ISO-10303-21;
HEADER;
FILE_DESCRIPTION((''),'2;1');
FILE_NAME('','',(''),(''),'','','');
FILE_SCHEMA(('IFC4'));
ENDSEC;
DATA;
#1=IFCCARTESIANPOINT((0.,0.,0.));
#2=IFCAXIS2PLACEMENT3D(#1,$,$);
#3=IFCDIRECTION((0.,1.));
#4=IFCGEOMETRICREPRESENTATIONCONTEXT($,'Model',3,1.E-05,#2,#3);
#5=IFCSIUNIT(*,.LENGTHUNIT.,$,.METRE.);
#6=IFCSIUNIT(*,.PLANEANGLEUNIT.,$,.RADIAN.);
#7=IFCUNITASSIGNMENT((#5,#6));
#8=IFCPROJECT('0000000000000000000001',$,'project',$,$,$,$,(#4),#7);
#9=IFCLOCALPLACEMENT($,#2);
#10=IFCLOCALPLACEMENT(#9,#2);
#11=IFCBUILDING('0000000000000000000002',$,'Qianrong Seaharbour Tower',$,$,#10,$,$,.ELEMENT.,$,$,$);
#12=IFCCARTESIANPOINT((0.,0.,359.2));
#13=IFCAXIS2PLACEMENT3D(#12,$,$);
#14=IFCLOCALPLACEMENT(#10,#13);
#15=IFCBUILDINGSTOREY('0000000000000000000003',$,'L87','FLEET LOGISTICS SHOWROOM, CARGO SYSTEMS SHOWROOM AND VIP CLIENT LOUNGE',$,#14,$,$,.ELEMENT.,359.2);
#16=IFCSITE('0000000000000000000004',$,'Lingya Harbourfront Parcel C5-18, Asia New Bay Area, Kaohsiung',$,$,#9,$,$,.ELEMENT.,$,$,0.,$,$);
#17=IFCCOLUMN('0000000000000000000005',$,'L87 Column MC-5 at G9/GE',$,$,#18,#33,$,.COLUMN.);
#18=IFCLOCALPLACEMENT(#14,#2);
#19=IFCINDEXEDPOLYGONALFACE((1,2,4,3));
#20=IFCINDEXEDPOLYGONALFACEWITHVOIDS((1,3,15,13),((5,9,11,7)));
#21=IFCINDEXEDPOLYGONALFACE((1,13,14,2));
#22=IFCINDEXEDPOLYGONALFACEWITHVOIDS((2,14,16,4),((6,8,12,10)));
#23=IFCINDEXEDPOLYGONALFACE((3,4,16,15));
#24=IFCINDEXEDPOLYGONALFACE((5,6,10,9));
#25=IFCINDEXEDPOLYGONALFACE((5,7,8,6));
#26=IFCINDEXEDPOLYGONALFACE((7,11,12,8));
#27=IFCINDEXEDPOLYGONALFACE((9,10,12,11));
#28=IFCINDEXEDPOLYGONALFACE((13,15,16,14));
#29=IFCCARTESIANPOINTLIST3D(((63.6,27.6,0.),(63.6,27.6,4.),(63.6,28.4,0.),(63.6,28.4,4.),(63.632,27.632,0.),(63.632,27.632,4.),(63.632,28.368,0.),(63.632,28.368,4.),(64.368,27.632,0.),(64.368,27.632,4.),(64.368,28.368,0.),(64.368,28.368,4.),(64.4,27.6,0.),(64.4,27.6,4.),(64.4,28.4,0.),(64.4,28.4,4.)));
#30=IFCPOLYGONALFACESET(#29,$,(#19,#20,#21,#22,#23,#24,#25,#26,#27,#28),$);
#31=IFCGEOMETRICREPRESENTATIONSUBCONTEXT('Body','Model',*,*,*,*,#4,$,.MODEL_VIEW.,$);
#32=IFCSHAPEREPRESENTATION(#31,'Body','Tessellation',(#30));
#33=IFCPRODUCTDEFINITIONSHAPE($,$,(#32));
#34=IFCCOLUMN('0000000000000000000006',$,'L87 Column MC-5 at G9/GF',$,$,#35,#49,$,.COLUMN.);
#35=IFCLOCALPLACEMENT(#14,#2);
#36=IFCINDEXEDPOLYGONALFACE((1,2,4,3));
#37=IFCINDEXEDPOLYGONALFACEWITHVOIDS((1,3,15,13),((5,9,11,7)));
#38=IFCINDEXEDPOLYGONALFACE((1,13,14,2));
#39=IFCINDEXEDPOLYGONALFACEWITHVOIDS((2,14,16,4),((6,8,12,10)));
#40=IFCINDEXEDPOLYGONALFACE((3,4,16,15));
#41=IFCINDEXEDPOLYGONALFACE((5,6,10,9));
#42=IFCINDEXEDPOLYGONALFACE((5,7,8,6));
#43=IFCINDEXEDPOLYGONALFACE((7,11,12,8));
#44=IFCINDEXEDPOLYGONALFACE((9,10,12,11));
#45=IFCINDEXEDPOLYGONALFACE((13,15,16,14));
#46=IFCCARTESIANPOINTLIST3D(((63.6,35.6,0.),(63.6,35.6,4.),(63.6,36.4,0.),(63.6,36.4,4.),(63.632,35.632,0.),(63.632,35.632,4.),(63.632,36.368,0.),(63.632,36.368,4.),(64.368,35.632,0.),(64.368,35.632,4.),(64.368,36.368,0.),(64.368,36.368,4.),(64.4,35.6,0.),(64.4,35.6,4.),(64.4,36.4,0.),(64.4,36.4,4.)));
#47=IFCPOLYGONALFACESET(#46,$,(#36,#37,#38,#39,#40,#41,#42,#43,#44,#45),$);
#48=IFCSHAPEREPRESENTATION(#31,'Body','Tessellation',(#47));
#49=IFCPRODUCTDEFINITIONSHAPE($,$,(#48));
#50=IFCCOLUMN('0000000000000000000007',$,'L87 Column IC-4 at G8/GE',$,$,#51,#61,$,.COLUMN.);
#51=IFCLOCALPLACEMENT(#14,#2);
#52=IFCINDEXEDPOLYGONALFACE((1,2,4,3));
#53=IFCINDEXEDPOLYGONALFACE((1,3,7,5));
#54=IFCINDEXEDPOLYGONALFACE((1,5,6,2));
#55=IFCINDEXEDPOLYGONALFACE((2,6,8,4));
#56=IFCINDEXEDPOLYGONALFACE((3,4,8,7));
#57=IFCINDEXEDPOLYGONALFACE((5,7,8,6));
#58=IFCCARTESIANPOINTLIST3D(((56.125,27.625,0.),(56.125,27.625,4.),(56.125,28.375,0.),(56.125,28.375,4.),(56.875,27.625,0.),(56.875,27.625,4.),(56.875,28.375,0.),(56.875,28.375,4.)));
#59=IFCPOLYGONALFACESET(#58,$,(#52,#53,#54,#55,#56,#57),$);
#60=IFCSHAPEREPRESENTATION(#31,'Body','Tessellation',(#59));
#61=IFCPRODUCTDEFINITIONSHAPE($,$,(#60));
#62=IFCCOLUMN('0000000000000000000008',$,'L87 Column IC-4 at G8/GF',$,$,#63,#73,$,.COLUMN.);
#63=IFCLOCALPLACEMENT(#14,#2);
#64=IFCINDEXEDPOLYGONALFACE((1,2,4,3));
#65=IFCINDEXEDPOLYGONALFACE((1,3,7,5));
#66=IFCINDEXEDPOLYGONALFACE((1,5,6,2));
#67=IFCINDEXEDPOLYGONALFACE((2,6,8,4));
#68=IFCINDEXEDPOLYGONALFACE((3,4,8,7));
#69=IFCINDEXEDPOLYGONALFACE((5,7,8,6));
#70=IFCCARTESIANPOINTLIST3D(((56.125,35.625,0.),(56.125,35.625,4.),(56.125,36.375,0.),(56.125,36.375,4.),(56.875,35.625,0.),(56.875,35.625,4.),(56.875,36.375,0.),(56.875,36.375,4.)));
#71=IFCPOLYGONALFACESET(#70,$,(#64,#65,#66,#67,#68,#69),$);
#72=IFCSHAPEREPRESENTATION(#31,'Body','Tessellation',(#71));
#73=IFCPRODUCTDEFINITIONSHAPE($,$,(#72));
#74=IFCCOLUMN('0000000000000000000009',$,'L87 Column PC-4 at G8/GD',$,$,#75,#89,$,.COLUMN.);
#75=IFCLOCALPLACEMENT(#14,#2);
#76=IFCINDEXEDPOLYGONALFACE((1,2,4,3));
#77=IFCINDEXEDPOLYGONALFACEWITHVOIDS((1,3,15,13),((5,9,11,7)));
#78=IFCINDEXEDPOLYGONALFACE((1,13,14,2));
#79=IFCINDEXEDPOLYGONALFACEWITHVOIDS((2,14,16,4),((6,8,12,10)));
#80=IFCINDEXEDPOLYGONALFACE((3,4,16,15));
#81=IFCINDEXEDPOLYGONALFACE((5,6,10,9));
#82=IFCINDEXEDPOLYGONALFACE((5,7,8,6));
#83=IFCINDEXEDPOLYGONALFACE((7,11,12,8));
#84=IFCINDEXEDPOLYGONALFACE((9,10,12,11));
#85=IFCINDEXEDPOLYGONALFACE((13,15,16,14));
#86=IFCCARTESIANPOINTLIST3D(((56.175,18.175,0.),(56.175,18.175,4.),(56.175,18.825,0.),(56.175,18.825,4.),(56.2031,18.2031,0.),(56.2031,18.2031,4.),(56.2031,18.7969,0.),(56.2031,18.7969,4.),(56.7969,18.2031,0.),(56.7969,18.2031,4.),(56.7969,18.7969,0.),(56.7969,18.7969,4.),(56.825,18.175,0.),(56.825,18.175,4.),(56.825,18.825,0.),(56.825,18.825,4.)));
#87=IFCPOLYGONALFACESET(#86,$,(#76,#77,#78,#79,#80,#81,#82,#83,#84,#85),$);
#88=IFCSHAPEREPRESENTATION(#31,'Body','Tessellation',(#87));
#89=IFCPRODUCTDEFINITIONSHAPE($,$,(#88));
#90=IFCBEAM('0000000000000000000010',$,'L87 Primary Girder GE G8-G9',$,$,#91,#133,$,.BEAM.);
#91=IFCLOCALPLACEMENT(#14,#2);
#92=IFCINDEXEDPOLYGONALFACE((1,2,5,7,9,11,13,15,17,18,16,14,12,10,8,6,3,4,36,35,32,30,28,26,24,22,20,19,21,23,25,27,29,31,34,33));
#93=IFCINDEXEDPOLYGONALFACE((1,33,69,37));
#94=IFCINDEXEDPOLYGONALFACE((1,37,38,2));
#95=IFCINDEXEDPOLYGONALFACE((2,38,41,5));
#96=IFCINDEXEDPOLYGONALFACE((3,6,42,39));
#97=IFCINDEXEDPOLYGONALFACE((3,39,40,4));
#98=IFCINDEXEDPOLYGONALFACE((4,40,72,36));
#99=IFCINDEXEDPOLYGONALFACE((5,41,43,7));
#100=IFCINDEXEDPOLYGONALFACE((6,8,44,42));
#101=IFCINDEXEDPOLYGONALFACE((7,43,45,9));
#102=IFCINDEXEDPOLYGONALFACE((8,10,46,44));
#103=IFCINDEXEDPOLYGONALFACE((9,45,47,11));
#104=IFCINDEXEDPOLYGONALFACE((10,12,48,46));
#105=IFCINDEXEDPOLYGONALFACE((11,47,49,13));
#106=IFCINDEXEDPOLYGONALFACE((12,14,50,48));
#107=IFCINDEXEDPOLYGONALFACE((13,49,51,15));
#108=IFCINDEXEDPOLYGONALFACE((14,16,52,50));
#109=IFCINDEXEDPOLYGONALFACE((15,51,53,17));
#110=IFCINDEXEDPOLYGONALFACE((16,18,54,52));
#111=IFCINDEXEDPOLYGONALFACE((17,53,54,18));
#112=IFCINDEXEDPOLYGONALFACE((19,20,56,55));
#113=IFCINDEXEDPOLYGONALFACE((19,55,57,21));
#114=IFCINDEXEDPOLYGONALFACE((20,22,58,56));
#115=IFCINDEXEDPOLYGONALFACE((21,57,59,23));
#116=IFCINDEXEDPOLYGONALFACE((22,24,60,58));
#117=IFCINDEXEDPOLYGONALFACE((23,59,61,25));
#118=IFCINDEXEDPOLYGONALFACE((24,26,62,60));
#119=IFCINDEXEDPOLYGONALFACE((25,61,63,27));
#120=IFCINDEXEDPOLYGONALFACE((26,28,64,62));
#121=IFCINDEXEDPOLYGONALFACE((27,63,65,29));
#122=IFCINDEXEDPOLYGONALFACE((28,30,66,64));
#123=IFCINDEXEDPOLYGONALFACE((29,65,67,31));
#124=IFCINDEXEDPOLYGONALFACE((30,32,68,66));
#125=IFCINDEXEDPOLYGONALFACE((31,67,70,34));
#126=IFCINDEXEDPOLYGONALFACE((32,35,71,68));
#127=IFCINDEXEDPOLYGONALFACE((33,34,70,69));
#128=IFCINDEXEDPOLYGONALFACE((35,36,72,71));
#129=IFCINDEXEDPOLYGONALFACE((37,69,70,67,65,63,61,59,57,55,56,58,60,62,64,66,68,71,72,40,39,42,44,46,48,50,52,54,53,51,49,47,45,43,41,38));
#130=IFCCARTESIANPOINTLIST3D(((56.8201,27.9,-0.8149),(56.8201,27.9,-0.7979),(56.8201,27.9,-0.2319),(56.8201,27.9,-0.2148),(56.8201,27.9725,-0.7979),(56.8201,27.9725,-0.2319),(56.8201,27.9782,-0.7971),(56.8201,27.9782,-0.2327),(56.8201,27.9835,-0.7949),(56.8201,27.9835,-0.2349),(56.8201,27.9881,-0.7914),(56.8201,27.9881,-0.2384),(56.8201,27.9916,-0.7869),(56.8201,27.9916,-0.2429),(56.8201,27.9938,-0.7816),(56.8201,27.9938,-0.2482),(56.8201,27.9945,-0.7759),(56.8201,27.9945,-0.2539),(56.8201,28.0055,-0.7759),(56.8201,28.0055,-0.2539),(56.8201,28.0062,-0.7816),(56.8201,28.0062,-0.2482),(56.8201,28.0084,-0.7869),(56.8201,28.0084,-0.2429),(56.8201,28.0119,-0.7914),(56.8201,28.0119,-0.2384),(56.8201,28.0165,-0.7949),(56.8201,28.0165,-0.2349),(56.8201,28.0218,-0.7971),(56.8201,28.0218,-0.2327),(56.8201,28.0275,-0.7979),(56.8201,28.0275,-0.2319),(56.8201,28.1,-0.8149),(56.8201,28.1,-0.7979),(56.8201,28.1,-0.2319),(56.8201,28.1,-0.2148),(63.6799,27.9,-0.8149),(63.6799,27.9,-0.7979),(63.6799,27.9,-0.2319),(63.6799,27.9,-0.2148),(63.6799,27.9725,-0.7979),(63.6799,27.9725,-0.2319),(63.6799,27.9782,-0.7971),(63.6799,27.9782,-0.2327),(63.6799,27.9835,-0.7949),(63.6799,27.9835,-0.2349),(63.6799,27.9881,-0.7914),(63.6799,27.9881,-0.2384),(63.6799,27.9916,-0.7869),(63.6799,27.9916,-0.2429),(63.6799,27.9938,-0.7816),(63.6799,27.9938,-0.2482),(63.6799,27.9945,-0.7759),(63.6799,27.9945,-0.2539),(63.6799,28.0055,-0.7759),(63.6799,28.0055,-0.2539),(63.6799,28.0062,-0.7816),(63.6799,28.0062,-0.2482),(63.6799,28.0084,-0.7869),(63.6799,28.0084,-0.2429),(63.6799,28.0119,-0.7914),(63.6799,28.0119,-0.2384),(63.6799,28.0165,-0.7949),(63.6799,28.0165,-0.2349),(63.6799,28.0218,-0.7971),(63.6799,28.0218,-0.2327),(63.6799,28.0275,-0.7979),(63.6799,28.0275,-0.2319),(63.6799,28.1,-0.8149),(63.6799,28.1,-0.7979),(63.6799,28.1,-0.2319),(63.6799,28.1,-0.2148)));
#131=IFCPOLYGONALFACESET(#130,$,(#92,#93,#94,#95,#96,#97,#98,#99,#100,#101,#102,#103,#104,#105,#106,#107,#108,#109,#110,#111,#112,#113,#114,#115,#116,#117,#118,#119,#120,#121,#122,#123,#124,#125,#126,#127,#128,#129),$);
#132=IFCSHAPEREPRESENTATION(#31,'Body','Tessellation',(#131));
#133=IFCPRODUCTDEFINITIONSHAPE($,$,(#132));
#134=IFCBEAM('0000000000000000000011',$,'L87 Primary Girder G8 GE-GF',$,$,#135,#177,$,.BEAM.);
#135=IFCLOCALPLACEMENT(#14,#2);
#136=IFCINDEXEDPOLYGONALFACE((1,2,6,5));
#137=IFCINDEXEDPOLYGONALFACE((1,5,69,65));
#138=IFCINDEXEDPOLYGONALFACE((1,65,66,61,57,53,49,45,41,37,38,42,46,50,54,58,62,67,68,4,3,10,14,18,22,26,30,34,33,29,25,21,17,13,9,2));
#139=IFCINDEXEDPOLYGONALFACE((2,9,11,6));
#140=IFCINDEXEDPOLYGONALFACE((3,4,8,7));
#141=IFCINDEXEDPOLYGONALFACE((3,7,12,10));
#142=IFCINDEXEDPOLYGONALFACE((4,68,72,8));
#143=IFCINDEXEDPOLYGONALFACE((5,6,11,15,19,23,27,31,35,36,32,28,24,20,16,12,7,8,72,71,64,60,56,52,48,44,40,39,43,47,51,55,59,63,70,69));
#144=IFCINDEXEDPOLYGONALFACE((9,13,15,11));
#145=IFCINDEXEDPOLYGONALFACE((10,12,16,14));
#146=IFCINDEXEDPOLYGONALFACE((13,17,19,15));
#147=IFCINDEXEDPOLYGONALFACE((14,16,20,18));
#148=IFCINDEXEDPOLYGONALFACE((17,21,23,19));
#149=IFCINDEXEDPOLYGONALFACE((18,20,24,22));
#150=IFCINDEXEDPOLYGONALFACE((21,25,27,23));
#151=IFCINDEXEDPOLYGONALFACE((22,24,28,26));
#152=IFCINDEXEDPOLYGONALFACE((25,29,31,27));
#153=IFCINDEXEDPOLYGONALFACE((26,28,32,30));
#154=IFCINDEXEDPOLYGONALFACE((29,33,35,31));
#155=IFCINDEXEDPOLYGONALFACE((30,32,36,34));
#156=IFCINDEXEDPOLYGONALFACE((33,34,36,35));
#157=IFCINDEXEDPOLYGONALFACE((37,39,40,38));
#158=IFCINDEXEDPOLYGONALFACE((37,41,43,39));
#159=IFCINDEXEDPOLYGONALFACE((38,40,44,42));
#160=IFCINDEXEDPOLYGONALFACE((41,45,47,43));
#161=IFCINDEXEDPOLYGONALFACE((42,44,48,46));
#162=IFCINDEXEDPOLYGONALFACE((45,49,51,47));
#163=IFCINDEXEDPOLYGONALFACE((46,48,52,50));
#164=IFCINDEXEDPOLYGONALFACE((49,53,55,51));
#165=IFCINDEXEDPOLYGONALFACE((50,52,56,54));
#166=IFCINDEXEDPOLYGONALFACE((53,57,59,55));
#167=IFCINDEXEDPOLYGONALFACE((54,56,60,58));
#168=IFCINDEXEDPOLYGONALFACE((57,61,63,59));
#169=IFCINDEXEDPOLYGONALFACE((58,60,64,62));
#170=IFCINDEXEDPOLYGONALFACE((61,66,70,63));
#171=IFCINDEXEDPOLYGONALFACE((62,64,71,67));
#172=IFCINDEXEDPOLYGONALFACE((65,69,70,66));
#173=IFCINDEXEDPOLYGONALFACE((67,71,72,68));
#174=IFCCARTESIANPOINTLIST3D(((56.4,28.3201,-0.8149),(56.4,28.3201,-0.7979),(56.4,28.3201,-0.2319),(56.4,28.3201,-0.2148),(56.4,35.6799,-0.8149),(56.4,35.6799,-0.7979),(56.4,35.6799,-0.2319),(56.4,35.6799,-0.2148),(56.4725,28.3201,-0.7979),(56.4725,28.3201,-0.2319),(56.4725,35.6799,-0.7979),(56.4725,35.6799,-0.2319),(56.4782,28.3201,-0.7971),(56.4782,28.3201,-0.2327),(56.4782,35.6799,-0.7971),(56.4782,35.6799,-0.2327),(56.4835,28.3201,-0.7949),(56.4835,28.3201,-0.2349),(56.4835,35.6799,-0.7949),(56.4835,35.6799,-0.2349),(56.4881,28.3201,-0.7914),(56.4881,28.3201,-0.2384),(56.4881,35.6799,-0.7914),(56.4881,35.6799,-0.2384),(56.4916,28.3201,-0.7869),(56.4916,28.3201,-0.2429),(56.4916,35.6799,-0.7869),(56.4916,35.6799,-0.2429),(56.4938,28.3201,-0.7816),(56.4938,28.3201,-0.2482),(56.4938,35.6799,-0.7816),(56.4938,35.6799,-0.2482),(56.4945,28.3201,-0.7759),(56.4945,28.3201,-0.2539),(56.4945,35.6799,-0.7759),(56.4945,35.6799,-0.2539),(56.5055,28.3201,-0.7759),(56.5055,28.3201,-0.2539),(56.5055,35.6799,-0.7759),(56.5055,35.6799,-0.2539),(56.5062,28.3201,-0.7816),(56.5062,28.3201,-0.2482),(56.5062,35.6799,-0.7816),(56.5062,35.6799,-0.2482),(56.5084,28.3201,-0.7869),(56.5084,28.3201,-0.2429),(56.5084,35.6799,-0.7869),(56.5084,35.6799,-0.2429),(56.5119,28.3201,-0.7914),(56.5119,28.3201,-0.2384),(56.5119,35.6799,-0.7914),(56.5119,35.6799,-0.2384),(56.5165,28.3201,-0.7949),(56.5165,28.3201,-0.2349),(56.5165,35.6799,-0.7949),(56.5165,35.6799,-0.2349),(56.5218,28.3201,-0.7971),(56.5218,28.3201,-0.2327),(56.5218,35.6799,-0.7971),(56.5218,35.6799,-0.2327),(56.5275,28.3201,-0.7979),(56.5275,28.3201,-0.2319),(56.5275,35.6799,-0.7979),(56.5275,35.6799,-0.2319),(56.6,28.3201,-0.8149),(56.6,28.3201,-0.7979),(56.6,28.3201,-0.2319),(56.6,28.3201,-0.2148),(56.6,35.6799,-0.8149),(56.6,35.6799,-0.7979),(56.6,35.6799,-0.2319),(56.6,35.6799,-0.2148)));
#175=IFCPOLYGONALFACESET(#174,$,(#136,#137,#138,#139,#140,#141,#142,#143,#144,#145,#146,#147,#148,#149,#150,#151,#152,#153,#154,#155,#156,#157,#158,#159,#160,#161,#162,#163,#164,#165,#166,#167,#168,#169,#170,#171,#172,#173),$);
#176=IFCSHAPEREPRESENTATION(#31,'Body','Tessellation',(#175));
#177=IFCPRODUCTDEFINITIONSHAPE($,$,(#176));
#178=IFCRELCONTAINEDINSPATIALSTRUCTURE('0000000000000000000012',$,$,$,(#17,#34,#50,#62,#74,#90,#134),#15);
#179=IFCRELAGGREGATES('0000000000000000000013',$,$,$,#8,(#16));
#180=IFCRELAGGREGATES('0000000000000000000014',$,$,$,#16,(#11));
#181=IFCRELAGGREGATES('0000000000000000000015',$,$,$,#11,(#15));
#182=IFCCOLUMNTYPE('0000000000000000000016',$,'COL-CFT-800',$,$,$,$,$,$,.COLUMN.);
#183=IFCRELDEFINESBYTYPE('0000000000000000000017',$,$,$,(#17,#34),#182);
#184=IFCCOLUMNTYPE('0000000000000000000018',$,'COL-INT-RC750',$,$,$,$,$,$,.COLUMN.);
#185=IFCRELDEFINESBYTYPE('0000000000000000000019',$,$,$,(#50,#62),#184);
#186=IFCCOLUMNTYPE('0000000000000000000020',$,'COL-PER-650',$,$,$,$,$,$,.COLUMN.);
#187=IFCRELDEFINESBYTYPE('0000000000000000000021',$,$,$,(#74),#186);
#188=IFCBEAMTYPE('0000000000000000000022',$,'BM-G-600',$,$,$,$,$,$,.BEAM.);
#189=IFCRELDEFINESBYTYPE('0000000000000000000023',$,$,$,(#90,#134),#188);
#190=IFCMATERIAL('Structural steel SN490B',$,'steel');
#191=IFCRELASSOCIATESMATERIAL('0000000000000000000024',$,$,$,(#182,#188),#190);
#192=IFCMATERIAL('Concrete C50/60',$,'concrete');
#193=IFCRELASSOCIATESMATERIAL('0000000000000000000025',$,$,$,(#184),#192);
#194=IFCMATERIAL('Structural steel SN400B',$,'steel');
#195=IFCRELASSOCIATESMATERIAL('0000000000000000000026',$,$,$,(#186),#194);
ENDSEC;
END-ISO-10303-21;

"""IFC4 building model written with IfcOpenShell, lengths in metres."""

from ifc_helpers import new_model, si_unit, direction, frame, origin, origin_2d, place, context, subcontext, project, spatial, rectangle, hollow_rectangle, i_section, extrude, material, material_profile, profile_set, type_object, element, save


model = new_model("IFC4")

# Units and contexts
model_context = context("Model", 3, precision=1e-05, world=origin(), true_north=direction((0.0, 1.0)))
body_context = subcontext(model_context, "Body", "Model", "MODEL_VIEW")
ifc_project = project(units=[si_unit("LENGTHUNIT", "METRE"), si_unit("PLANEANGLEUNIT", "RADIAN")], contexts=[model_context])

# Site, building, storey
site_placement = place(None, origin())
site = spatial("IfcSite", under=ifc_project, at=site_placement, Name="Lingya Harbourfront Parcel C5-18, Asia New Bay Area, Kaohsiung", CompositionType="ELEMENT", RefElevation=0.0)
building_placement = place(site_placement, origin())
building = spatial("IfcBuilding", under=site, at=building_placement, Name="Qianrong Seaharbour Tower", CompositionType="ELEMENT")
storey_placement = place(building_placement, frame((0.0, 0.0, 359.2)))
storey = spatial("IfcBuildingStorey", under=building, at=storey_placement, Name="L87", Description="FLEET LOGISTICS SHOWROOM, CARGO SYSTEMS SHOWROOM AND VIP CLIENT LOUNGE", CompositionType="ELEMENT", Elevation=359.2)

# Columns
ifc_material_1 = material(Name="Structural steel SN490B", Category="steel")
ifc_material_profile_1 = material_profile(ifc_material_1, hollow_rectangle(XDim=0.8, YDim=0.8, WallThickness=0.032, at=origin_2d()), Name="BOX800x800x32")
ifc_profile_set_1 = profile_set([ifc_material_profile_1], Name="Structural steel SN490B")
column_type_1 = type_object("IfcColumnType", Name="COL-CFT-800", PredefinedType="COLUMN", material=ifc_profile_set_1)
for number, where, z_axis, x_axis, name in (
    (1, (64.0, 28.0, 0.0), (0.0, 0.0, 1.0), (1.0, 0.0, 0.0), "L87 Column MC-5 at G9/GE"),
    (2, (64.0, 36.0, 0.0), (0.0, 0.0, 1.0), (1.0, 0.0, 0.0), "L87 Column MC-5 at G9/GF"),
):
    element("IfcColumn", number, at=place(storey_placement, frame(where, z_axis=z_axis, x_axis=x_axis)), inside=storey, type_object=column_type_1, Name=name, PredefinedType="COLUMN", context=body_context, shape_type="SweptSolid", body=[
        extrude(hollow_rectangle(XDim=0.8, YDim=0.8, WallThickness=0.032, at=origin_2d()), origin(), (0.0, 0.0, 1.0), 4.0),
    ])
ifc_material_2 = material(Name="Concrete C50/60", Category="concrete")
ifc_material_profile_2 = material_profile(ifc_material_2, rectangle(XDim=0.75, YDim=0.75, at=origin_2d()), Name="RC750x750")
ifc_profile_set_2 = profile_set([ifc_material_profile_2], Name="Concrete C50/60")
column_type_2 = type_object("IfcColumnType", Name="COL-INT-RC750", PredefinedType="COLUMN", material=ifc_profile_set_2)
for number, where, z_axis, x_axis, name in (
    (3, (56.5, 28.0, 0.0), (0.0, 0.0, 1.0), (1.0, 0.0, 0.0), "L87 Column IC-4 at G8/GE"),
    (4, (56.5, 36.0, 0.0), (0.0, 0.0, 1.0), (1.0, 0.0, 0.0), "L87 Column IC-4 at G8/GF"),
):
    element("IfcColumn", number, at=place(storey_placement, frame(where, z_axis=z_axis, x_axis=x_axis)), inside=storey, type_object=column_type_2, Name=name, PredefinedType="COLUMN", context=body_context, shape_type="SweptSolid", body=[
        extrude(rectangle(XDim=0.75, YDim=0.75, at=origin_2d()), origin(), (0.0, 0.0, 1.0), 4.0),
    ])
ifc_material_3 = material(Name="Structural steel SN400B", Category="steel")
ifc_material_profile_3 = material_profile(ifc_material_3, hollow_rectangle(XDim=0.6499, YDim=0.6499, WallThickness=0.0281, at=origin_2d()), Name="BOX650x650x28")
ifc_profile_set_3 = profile_set([ifc_material_profile_3], Name="Structural steel SN400B")
column_type_3 = type_object("IfcColumnType", Name="COL-PER-650", PredefinedType="COLUMN", material=ifc_profile_set_3)
column_placement = place(storey_placement, frame((56.5, 18.5, 0.0), z_axis=(0.0, 0.0, 1.0), x_axis=(1.0, 0.0, 0.0)))
element("IfcColumn", 5, at=column_placement, inside=storey, type_object=column_type_3, Name="L87 Column PC-4 at G8/GD", PredefinedType="COLUMN", context=body_context, shape_type="SweptSolid", body=[
    extrude(hollow_rectangle(XDim=0.6499, YDim=0.6499, WallThickness=0.0281, at=origin_2d()), origin(), (0.0, 0.0, 1.0), 4.0),
])

# Beams
ifc_material_profile_4 = material_profile(ifc_material_1, i_section(OverallWidth=0.2, OverallDepth=0.6001, WebThickness=0.011, FlangeThickness=0.0171, FilletRadius=0.022, at=origin_2d()), Name="H600x200x11x17")
ifc_profile_set_4 = profile_set([ifc_material_profile_4], Name="Structural steel SN490B")
beam_type_1 = type_object("IfcBeamType", Name="BM-G-600", PredefinedType="BEAM", material=ifc_profile_set_4)
beam_1_placement = place(storey_placement, frame((56.8201, 28.0, -0.5149), z_axis=(1.0, 0.0, 0.0), x_axis=(0.0, 1.0, 0.0)))
element("IfcBeam", 6, at=beam_1_placement, inside=storey, type_object=beam_type_1, Name="L87 Primary Girder GE G8-G9", PredefinedType="BEAM", context=body_context, shape_type="SweptSolid", body=[
    extrude(i_section(OverallWidth=0.2, OverallDepth=0.6001, WebThickness=0.011, FlangeThickness=0.0171, FilletRadius=0.022, at=origin_2d()), origin(), (0.0, 0.0, 1.0), 6.8599),
])
beam_2_placement = place(storey_placement, frame((56.5, 28.3201, -0.5149), z_axis=(0.0, 1.0, 0.0), x_axis=(-1.0, 0.0, 0.0)))
element("IfcBeam", 7, at=beam_2_placement, inside=storey, type_object=beam_type_1, Name="L87 Primary Girder G8 GE-GF", PredefinedType="BEAM", context=body_context, shape_type="SweptSolid", body=[
    extrude(i_section(OverallWidth=0.2, OverallDepth=0.6001, WebThickness=0.011, FlangeThickness=0.0171, FilletRadius=0.022, at=origin_2d()), origin(), (0.0, 0.0, 1.0), 7.3599),
])

save(model, "model.ifc")
